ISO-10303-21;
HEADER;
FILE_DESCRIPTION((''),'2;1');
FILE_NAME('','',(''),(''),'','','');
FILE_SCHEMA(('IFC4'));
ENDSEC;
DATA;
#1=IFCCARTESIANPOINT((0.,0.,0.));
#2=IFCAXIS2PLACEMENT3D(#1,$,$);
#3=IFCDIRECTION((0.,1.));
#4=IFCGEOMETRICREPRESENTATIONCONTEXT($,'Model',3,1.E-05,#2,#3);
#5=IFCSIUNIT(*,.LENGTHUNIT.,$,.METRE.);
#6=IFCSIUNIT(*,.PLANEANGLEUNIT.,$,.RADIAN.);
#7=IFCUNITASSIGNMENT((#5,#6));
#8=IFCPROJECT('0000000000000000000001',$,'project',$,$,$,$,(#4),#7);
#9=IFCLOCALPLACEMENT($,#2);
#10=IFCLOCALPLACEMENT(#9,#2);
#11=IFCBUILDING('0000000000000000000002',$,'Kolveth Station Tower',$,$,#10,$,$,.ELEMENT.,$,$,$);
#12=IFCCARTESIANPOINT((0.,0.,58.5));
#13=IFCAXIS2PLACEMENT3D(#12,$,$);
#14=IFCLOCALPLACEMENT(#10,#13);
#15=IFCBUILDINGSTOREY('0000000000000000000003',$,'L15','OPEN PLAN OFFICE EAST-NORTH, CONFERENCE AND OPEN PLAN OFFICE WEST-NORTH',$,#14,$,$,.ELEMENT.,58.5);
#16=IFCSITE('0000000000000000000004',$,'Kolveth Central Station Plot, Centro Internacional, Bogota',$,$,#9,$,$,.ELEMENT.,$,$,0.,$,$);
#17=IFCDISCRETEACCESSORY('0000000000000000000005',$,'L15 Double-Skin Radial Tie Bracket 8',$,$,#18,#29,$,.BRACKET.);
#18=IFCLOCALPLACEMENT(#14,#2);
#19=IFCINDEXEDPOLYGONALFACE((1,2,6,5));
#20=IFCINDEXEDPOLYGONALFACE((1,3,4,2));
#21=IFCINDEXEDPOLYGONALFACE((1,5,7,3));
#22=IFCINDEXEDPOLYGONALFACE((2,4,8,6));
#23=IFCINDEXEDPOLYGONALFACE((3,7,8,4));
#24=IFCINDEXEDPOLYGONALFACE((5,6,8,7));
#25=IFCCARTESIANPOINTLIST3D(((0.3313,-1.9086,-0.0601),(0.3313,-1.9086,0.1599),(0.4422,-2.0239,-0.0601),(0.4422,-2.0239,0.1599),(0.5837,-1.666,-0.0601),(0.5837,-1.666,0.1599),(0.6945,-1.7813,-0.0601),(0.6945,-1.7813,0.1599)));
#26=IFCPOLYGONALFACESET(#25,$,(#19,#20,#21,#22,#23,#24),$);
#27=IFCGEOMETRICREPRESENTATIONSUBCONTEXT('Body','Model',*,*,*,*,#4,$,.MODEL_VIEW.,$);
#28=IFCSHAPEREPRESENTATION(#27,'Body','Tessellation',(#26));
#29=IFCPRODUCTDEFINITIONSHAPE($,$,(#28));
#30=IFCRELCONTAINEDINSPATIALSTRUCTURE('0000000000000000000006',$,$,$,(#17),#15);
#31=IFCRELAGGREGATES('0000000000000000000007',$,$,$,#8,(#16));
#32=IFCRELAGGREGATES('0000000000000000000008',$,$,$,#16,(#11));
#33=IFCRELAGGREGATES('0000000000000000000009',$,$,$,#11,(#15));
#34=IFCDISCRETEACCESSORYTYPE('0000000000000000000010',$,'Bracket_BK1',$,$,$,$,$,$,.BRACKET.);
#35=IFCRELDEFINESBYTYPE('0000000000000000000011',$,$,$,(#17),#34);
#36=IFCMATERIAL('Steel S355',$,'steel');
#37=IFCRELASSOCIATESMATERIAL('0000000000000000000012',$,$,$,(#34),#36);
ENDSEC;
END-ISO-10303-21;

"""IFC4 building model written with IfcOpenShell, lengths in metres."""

from ifc_helpers import new_model, si_unit, direction, frame, origin, origin_2d, place, context, subcontext, project, spatial, rectangle, extrude, source, transform, mapped, material, type_object, element, save


model = new_model("IFC4")

# Units and contexts
model_context = context("Model", 3, precision=1e-05, world=origin(), true_north=direction((0.0, 1.0)))
body_context = subcontext(model_context, "Body", "Model", "MODEL_VIEW")
ifc_project = project(units=[si_unit("LENGTHUNIT", "METRE"), si_unit("PLANEANGLEUNIT", "RADIAN")], contexts=[model_context])

# Site, building, storey
site_placement = place(None, origin())
site = spatial("IfcSite", under=ifc_project, at=site_placement, Name="Kolveth Central Station Plot, Centro Internacional, Bogota", CompositionType="ELEMENT", RefElevation=0.0)
building_placement = place(site_placement, origin())
building = spatial("IfcBuilding", under=site, at=building_placement, Name="Kolveth Station Tower", CompositionType="ELEMENT")
storey_placement = place(building_placement, frame((0.0, 0.0, 58.5)))
storey = spatial("IfcBuildingStorey", under=building, at=storey_placement, Name="L15", Description="OPEN PLAN OFFICE EAST-NORTH, CONFERENCE AND OPEN PLAN OFFICE WEST-NORTH", CompositionType="ELEMENT", Elevation=58.5)

# Discrete accessory
ifc_material_1 = material(Name="Steel S355", Category="steel")
discrete_accessory_type = type_object("IfcDiscreteAccessoryType", Name="Bracket_BK1", PredefinedType="BRACKET", material=ifc_material_1)
shared_shape_1 = source(origin(), body_context, "Body", "SweptSolid", [
    extrude(rectangle(XDim=0.3501, YDim=0.1599, at=origin_2d()), origin(), (0.0, 0.0, 1.0), 0.22),
])
discrete_accessory_placement = place(storey_placement, frame((0.5129, -1.845, -0.0601), z_axis=(0.0, 0.0, 1.0), x_axis=(-0.720914, -0.693024, 0.0)))
element("IfcDiscreteAccessory", 1, at=discrete_accessory_placement, inside=storey, type_object=discrete_accessory_type, Name="L15 Double-Skin Radial Tie Bracket 8", PredefinedType="BRACKET", context=body_context, shape_type="MappedRepresentation", body=[
    mapped(shared_shape_1, transform((0.0, 0.0, 0.0), x_axis=(1.0, 0.0, 0.0), y_axis=(0.0, 1.0, 0.0), z_axis=(0.0, 0.0, 1.0), scale=1.0)),
])

save(model, "model.ifc")
